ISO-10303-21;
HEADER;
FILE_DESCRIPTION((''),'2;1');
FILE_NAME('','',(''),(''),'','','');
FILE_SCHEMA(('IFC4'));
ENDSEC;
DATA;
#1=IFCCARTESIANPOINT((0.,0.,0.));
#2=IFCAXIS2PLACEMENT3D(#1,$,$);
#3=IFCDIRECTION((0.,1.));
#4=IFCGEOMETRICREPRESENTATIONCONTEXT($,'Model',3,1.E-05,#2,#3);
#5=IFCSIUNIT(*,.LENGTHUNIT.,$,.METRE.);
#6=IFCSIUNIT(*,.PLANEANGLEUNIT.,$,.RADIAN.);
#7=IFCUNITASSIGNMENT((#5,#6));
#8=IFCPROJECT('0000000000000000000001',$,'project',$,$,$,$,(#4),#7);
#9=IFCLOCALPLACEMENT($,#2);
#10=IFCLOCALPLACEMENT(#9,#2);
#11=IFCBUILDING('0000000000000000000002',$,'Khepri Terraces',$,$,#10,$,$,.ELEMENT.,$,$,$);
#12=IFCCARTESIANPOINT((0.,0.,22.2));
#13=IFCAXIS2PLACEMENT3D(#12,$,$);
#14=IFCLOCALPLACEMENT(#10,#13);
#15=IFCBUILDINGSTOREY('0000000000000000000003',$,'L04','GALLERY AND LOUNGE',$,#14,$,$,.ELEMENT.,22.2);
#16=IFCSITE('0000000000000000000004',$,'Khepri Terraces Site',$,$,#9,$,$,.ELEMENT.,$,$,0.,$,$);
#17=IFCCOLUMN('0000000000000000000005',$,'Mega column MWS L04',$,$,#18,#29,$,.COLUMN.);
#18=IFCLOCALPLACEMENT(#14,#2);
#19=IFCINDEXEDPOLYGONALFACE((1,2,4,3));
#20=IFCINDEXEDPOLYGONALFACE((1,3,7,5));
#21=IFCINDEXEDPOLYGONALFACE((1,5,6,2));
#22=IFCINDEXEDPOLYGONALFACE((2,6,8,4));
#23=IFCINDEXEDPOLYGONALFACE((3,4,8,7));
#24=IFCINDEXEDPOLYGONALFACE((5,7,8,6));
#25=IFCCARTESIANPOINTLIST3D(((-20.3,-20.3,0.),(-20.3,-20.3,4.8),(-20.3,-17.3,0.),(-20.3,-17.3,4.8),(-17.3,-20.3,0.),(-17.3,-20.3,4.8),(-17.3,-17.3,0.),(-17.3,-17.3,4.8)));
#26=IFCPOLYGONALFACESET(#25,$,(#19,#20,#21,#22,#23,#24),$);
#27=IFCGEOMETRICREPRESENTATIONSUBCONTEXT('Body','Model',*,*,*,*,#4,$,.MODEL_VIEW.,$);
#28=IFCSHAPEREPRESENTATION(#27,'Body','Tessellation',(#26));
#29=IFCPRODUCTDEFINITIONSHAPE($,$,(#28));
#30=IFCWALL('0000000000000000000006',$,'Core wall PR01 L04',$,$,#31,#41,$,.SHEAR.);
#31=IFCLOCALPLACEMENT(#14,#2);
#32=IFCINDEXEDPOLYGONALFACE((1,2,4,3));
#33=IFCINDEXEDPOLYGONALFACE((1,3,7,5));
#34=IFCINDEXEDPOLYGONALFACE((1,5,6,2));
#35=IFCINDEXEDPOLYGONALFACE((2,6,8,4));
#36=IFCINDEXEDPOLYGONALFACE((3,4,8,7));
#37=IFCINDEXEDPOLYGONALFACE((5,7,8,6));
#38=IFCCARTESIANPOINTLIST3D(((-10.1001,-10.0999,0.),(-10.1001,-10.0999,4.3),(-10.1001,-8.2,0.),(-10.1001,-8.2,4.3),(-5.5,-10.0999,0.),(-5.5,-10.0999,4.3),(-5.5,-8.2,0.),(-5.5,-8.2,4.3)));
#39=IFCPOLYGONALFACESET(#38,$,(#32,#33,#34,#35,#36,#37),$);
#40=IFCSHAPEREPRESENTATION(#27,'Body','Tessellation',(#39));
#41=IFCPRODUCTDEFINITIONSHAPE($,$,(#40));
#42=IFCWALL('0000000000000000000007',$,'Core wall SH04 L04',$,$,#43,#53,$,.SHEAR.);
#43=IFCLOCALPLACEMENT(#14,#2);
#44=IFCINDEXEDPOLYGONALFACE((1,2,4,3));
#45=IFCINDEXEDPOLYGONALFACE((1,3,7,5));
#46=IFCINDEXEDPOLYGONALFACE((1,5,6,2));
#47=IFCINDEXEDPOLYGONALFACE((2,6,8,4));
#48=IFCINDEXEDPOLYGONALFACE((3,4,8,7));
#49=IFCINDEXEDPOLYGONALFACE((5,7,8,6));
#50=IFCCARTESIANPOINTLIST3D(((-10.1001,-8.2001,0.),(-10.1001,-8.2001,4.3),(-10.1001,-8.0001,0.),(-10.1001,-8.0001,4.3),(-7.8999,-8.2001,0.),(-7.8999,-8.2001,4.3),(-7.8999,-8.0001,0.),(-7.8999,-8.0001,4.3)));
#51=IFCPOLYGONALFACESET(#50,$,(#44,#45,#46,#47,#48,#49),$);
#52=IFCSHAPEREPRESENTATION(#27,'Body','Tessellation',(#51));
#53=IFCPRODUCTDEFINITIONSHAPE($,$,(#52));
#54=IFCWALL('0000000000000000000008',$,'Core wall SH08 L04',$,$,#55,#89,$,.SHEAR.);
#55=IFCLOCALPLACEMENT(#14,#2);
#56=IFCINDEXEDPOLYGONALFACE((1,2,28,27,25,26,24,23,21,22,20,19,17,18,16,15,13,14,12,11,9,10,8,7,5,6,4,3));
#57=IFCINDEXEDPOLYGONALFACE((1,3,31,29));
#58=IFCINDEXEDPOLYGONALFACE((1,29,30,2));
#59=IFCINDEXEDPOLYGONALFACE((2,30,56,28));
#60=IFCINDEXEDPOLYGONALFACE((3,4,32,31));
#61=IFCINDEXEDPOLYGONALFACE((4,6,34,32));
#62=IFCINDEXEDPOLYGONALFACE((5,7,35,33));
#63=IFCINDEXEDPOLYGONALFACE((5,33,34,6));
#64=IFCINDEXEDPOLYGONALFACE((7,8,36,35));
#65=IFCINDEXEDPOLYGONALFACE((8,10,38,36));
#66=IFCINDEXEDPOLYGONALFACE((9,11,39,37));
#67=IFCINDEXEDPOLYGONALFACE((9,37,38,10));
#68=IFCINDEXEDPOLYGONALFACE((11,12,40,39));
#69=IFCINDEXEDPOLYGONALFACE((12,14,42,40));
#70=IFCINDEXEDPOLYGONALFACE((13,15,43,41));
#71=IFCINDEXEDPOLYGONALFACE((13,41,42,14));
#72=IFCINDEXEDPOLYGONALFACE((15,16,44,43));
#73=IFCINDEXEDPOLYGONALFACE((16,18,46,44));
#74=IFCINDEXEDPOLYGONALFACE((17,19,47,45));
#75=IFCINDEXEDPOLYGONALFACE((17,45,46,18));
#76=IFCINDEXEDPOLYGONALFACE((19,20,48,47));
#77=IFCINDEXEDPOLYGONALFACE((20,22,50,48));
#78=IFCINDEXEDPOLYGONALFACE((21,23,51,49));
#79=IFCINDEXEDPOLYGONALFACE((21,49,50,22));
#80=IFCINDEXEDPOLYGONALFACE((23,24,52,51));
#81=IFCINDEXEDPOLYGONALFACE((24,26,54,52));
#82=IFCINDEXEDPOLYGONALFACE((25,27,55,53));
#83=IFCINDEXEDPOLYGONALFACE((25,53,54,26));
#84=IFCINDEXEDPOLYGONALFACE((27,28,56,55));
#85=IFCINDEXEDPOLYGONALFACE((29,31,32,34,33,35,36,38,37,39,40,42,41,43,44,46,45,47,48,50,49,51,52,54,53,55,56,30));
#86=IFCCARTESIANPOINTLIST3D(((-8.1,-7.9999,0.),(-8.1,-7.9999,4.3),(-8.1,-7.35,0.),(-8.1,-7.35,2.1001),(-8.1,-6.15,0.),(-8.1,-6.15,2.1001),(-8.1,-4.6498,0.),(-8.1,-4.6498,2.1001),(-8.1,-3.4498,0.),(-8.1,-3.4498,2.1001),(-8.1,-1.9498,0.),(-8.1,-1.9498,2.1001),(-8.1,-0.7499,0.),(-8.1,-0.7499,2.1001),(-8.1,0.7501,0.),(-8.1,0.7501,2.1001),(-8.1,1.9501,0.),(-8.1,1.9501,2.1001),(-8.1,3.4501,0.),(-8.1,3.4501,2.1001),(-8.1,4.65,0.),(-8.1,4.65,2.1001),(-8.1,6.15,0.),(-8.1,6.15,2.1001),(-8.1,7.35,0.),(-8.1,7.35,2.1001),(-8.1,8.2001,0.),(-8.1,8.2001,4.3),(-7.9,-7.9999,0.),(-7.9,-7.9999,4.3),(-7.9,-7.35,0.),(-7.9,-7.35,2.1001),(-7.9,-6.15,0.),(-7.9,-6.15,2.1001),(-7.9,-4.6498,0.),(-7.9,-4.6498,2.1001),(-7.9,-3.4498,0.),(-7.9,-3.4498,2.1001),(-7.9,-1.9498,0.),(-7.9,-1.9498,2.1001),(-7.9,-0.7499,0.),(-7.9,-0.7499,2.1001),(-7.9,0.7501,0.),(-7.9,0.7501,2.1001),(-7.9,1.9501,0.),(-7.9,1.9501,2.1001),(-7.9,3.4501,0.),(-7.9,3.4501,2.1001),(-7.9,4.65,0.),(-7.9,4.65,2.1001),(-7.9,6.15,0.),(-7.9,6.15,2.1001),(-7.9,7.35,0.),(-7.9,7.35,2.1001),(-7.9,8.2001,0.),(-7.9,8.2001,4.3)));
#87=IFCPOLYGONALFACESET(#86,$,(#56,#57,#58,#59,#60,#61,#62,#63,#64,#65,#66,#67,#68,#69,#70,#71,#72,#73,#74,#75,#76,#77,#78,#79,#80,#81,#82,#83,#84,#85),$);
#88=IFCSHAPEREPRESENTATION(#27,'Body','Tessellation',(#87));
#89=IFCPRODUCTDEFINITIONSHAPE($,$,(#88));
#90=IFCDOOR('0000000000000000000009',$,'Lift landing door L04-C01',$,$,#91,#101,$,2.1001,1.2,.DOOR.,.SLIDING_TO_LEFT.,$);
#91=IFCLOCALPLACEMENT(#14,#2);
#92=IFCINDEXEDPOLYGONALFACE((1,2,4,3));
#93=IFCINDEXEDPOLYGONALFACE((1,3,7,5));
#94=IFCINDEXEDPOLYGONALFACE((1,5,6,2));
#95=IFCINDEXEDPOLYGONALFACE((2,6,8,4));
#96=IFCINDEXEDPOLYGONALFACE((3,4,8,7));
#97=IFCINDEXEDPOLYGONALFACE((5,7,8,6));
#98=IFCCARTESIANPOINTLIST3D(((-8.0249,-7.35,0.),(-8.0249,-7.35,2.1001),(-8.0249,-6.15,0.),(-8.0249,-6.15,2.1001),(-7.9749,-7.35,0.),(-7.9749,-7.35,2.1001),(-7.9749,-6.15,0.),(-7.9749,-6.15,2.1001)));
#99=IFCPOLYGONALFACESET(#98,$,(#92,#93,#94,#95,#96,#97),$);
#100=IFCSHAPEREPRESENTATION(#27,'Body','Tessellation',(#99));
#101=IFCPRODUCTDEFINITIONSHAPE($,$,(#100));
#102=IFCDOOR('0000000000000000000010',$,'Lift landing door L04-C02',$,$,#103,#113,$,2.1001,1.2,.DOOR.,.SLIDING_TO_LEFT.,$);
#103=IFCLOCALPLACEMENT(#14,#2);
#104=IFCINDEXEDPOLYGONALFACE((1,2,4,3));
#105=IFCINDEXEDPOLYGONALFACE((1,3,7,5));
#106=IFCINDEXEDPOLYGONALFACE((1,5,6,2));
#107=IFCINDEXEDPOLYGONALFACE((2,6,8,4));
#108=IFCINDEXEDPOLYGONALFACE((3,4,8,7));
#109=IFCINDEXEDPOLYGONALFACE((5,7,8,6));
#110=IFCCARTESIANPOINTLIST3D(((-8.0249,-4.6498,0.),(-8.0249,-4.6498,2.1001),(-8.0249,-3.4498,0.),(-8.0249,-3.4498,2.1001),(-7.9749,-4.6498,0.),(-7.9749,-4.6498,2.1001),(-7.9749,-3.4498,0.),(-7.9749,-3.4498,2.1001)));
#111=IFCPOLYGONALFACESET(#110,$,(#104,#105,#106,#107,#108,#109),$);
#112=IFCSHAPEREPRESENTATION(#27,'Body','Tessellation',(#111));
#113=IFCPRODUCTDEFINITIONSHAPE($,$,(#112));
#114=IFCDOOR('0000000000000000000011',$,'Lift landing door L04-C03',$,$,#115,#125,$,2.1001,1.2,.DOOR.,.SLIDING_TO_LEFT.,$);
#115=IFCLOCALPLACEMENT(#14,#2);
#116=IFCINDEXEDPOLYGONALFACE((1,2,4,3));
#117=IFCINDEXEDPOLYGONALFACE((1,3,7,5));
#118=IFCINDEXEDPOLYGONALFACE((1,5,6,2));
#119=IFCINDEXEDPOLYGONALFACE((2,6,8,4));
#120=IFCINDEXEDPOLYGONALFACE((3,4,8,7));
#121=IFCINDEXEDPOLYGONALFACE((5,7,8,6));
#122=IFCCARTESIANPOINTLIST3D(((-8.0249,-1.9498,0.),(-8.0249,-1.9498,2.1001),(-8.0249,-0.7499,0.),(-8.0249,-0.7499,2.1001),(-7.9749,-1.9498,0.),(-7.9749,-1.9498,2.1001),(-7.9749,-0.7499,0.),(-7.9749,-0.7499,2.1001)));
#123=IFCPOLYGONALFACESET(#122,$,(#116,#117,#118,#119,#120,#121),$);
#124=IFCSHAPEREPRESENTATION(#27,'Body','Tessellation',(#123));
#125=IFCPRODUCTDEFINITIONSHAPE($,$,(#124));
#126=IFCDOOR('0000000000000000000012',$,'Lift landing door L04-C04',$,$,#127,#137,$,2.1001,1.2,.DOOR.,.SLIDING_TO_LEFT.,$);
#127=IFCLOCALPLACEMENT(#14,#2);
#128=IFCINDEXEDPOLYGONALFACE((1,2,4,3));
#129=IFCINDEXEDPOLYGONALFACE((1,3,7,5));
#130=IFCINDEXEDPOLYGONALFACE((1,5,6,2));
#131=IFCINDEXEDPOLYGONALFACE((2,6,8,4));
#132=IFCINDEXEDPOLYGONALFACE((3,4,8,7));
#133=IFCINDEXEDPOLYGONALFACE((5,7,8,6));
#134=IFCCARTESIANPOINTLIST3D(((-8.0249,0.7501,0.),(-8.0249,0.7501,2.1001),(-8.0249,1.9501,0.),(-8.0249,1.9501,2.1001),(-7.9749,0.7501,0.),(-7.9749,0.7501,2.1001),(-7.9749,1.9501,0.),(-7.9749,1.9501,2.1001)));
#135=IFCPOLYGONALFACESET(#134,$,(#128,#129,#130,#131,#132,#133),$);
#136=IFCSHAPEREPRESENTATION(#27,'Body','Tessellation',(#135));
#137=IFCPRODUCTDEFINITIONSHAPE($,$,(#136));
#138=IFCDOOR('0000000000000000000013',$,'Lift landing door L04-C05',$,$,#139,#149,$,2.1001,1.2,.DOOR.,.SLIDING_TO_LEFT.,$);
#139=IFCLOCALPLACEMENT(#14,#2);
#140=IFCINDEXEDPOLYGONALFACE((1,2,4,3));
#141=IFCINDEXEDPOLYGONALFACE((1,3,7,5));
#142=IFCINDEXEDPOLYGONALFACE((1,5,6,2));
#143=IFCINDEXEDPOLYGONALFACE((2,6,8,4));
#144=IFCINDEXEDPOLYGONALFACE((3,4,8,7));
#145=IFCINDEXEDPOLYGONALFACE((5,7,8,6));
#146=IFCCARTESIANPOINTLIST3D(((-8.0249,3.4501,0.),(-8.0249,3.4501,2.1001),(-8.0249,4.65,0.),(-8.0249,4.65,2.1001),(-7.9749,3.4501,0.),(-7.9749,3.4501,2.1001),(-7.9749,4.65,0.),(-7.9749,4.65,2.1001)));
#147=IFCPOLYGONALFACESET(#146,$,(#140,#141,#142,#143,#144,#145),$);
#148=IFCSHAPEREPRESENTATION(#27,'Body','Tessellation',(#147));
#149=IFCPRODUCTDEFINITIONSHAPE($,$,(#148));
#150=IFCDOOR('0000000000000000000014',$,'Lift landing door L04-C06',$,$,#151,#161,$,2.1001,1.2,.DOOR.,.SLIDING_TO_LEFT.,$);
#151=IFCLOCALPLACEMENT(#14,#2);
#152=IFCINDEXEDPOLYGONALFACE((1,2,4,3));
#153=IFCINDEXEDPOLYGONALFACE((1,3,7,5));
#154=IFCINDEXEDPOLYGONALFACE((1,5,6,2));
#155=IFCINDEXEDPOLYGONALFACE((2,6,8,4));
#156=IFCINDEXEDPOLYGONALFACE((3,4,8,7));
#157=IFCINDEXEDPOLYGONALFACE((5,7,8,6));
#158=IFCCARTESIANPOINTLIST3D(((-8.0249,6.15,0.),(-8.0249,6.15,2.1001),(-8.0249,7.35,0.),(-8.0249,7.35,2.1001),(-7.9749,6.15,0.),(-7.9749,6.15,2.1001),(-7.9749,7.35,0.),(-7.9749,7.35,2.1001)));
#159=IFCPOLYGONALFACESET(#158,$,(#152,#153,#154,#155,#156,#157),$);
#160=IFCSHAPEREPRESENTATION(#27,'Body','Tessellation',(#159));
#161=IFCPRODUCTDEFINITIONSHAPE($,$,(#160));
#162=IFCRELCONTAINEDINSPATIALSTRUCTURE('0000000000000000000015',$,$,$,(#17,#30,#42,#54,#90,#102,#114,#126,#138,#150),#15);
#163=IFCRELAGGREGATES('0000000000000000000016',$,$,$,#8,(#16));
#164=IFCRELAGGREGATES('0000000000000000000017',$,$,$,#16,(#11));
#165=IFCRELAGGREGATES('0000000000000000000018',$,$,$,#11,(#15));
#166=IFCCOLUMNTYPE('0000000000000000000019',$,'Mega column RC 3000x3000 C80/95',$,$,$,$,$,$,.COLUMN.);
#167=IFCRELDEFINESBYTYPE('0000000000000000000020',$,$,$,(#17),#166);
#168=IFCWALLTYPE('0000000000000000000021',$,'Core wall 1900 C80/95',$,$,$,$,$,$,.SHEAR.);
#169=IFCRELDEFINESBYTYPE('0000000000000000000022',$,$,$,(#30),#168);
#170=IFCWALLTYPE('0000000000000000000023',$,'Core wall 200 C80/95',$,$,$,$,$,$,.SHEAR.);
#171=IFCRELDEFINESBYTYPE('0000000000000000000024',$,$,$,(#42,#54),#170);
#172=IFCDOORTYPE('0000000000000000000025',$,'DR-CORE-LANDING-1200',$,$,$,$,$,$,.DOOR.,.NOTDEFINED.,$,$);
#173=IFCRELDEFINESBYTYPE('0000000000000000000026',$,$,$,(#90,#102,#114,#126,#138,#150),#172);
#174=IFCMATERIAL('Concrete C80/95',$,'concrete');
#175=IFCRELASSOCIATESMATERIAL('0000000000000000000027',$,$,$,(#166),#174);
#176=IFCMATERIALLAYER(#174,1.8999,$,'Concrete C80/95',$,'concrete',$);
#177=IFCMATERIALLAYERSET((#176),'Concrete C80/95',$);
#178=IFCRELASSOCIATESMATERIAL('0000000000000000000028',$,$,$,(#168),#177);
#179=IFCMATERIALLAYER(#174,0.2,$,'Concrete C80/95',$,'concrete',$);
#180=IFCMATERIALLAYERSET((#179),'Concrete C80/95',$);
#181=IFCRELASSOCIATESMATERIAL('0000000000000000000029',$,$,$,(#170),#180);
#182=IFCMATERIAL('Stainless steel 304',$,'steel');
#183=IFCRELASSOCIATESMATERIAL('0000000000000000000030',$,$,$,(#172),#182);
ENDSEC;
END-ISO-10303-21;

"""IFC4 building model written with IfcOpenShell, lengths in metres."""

from ifc_helpers import new_model, si_unit, direction, frame, frame_2d, origin, origin_2d, place, context, subcontext, project, spatial, rectangle, extrude, material, layer, layer_set, material_profile, profile_set, type_object, element, fill, save


model = new_model("IFC4")

# Units and contexts
model_context = context("Model", 3, precision=1e-05, world=origin(), true_north=direction((0.0, 1.0)))
body_context = subcontext(model_context, "Body", "Model", "MODEL_VIEW")
ifc_project = project(units=[si_unit("LENGTHUNIT", "METRE"), si_unit("PLANEANGLEUNIT", "RADIAN")], contexts=[model_context])

# Site, building, storey
site_placement = place(None, origin())
site = spatial("IfcSite", under=ifc_project, at=site_placement, Name="Khepri Terraces Site", CompositionType="ELEMENT", RefElevation=0.0)
building_placement = place(site_placement, origin())
building = spatial("IfcBuilding", under=site, at=building_placement, Name="Khepri Terraces", CompositionType="ELEMENT")
storey_placement = place(building_placement, frame((0.0, 0.0, 22.2)))
storey = spatial("IfcBuildingStorey", under=building, at=storey_placement, Name="L04", Description="GALLERY AND LOUNGE", CompositionType="ELEMENT", Elevation=22.2)

# Column
ifc_material_1 = material(Name="Concrete C80/95", Category="concrete")
ifc_material_profile = material_profile(ifc_material_1, rectangle(XDim=3.0, YDim=3.0, at=origin_2d()), Name="Concrete C80/95", Category="concrete")
ifc_profile_set = profile_set([ifc_material_profile], Name="Concrete C80/95")
column_type = type_object("IfcColumnType", Name="Mega column RC 3000x3000 C80/95", PredefinedType="COLUMN", material=ifc_profile_set)
column_placement = place(storey_placement, frame((-18.8, -18.8, 0.0), z_axis=(0.0, 0.0, 1.0), x_axis=(1.0, 0.0, 0.0)))
element("IfcColumn", 1, at=column_placement, inside=storey, type_object=column_type, Name="Mega column MWS L04", PredefinedType="COLUMN", context=body_context, shape_type="SweptSolid", body=[
    extrude(rectangle(XDim=3.0, YDim=3.0, at=origin_2d()), origin(), (0.0, 0.0, 1.0), 4.8),
])

# Walls
ifc_layer_1 = layer(ifc_material_1, 1.8999, Name="Concrete C80/95", Category="concrete")
ifc_layer_set_1 = layer_set([ifc_layer_1], Name="Concrete C80/95")
wall_type_1 = type_object("IfcWallType", Name="Core wall 1900 C80/95", PredefinedType="SHEAR", material=ifc_layer_set_1)
wall_1_placement = place(storey_placement, frame((-10.1001, -9.1499, 0.0), z_axis=(0.0, 0.0, 1.0), x_axis=(1.0, 0.0, 0.0)))
element("IfcWall", 2, at=wall_1_placement, inside=storey, type_object=wall_type_1, Name="Core wall PR01 L04", PredefinedType="SHEAR", context=body_context, shape_type="SweptSolid", body=[
    extrude(rectangle(XDim=4.6001, YDim=1.8999, at=frame_2d((2.3, 0.0))), origin(), (0.0, 0.0, 1.0), 4.3),
])
ifc_layer_2 = layer(ifc_material_1, 0.2, Name="Concrete C80/95", Category="concrete")
ifc_layer_set_2 = layer_set([ifc_layer_2], Name="Concrete C80/95")
wall_type_2 = type_object("IfcWallType", Name="Core wall 200 C80/95", PredefinedType="SHEAR", material=ifc_layer_set_2)
wall_2_placement = place(storey_placement, frame((-10.1001, -8.1001, 0.0), z_axis=(0.0, 0.0, 1.0), x_axis=(1.0, 0.0, 0.0)))
element("IfcWall", 3, at=wall_2_placement, inside=storey, type_object=wall_type_2, Name="Core wall SH04 L04", PredefinedType="SHEAR", context=body_context, shape_type="SweptSolid", body=[
    extrude(rectangle(XDim=2.2002, YDim=0.2, at=frame_2d((1.1001, 0.0))), origin(), (0.0, 0.0, 1.0), 4.3),
])

# Wall, openings, doors
wall_3_placement = place(storey_placement, frame((-8.0, -8.0, 0.0), z_axis=(0.0, 0.0, 1.0), x_axis=(0.0, 1.0, 0.0)))
wall_3 = element("IfcWall", 4, at=wall_3_placement, inside=storey, type_object=wall_type_2, Name="Core wall SH08 L04", PredefinedType="SHEAR", context=body_context, shape_type="SweptSolid", body=[
    extrude(rectangle(XDim=16.2, YDim=0.2, at=frame_2d((8.1001, 0.0))), origin(), (0.0, 0.0, 1.0), 4.3),
])
opening_1_placement = place(wall_3_placement, frame((0.6499, 0.0, 0.0)))
opening_1 = element("IfcOpeningElement", 5, at=opening_1_placement, cuts=wall_3, PredefinedType="OPENING", context=body_context, shape_type="SweptSolid", body=[
    extrude(rectangle(XDim=1.2, YDim=2.1001, at=frame_2d((0.6001, 1.05))), frame((0.0, 0.1099, 0.0), z_axis=(0.0, -1.0, 0.0), x_axis=(1.0, 0.0, 0.0)), (0.0, 0.0, 1.0), 0.22),
])
opening_2_placement = place(wall_3_placement, frame((3.3501, 0.0, 0.0)))
opening_2 = element("IfcOpeningElement", 6, at=opening_2_placement, cuts=wall_3, PredefinedType="OPENING", context=body_context, shape_type="SweptSolid", body=[
    extrude(rectangle(XDim=1.2, YDim=2.1001, at=frame_2d((0.6001, 1.05))), frame((0.0, 0.1099, 0.0), z_axis=(0.0, -1.0, 0.0), x_axis=(1.0, 0.0, 0.0)), (0.0, 0.0, 1.0), 0.22),
])
opening_3_placement = place(wall_3_placement, frame((6.05, 0.0, 0.0)))
opening_3 = element("IfcOpeningElement", 7, at=opening_3_placement, cuts=wall_3, PredefinedType="OPENING", context=body_context, shape_type="SweptSolid", body=[
    extrude(rectangle(XDim=1.2, YDim=2.1001, at=frame_2d((0.6001, 1.05))), frame((0.0, 0.1099, 0.0), z_axis=(0.0, -1.0, 0.0), x_axis=(1.0, 0.0, 0.0)), (0.0, 0.0, 1.0), 0.22),
])
opening_4_placement = place(wall_3_placement, frame((8.75, 0.0, 0.0)))
opening_4 = element("IfcOpeningElement", 8, at=opening_4_placement, cuts=wall_3, PredefinedType="OPENING", context=body_context, shape_type="SweptSolid", body=[
    extrude(rectangle(XDim=1.2, YDim=2.1001, at=frame_2d((0.6001, 1.05))), frame((0.0, 0.1099, 0.0), z_axis=(0.0, -1.0, 0.0), x_axis=(1.0, 0.0, 0.0)), (0.0, 0.0, 1.0), 0.22),
])
opening_5_placement = place(wall_3_placement, frame((11.45, 0.0, 0.0)))
opening_5 = element("IfcOpeningElement", 9, at=opening_5_placement, cuts=wall_3, PredefinedType="OPENING", context=body_context, shape_type="SweptSolid", body=[
    extrude(rectangle(XDim=1.2, YDim=2.1001, at=frame_2d((0.6001, 1.05))), frame((0.0, 0.1099, 0.0), z_axis=(0.0, -1.0, 0.0), x_axis=(1.0, 0.0, 0.0)), (0.0, 0.0, 1.0), 0.22),
])
opening_6_placement = place(wall_3_placement, frame((14.1499, 0.0, 0.0)))
opening_6 = element("IfcOpeningElement", 10, at=opening_6_placement, cuts=wall_3, PredefinedType="OPENING", context=body_context, shape_type="SweptSolid", body=[
    extrude(rectangle(XDim=1.2, YDim=2.1001, at=frame_2d((0.6001, 1.05))), frame((0.0, 0.1099, 0.0), z_axis=(0.0, -1.0, 0.0), x_axis=(1.0, 0.0, 0.0)), (0.0, 0.0, 1.0), 0.22),
])
ifc_material_2 = material(Name="Stainless steel 304", Category="steel")
door_type_1 = type_object("IfcDoorType", Name="DR-CORE-LANDING-1200", OperationType="NOTDEFINED", PredefinedType="DOOR", material=ifc_material_2)
door_1_placement = place(opening_1_placement, origin())
door_1 = element("IfcDoor", 11, at=door_1_placement, inside=storey, type_object=door_type_1, Name="Lift landing door L04-C01", OperationType="SLIDING_TO_LEFT", OverallHeight=2.1001, OverallWidth=1.2, PredefinedType="DOOR", context=body_context, shape_type="SweptSolid", body=[
    extrude(rectangle(XDim=1.2, YDim=2.1001, at=frame_2d((0.6001, 1.05))), frame((0.0, 0.0249, 0.0), z_axis=(0.0, -1.0, 0.0), x_axis=(1.0, 0.0, 0.0)), (0.0, 0.0, 1.0), 0.05),
])
fill(opening_1, door_1)
door_2_placement = place(opening_2_placement, origin())
door_2 = element("IfcDoor", 12, at=door_2_placement, inside=storey, type_object=door_type_1, Name="Lift landing door L04-C02", OperationType="SLIDING_TO_LEFT", OverallHeight=2.1001, OverallWidth=1.2, PredefinedType="DOOR", context=body_context, shape_type="SweptSolid", body=[
    extrude(rectangle(XDim=1.2, YDim=2.1001, at=frame_2d((0.6001, 1.05))), frame((0.0, 0.0249, 0.0), z_axis=(0.0, -1.0, 0.0), x_axis=(1.0, 0.0, 0.0)), (0.0, 0.0, 1.0), 0.05),
])
fill(opening_2, door_2)
door_3_placement = place(opening_3_placement, origin())
door_3 = element("IfcDoor", 13, at=door_3_placement, inside=storey, type_object=door_type_1, Name="Lift landing door L04-C03", OperationType="SLIDING_TO_LEFT", OverallHeight=2.1001, OverallWidth=1.2, PredefinedType="DOOR", context=body_context, shape_type="SweptSolid", body=[
    extrude(rectangle(XDim=1.2, YDim=2.1001, at=frame_2d((0.6001, 1.05))), frame((0.0, 0.0249, 0.0), z_axis=(0.0, -1.0, 0.0), x_axis=(1.0, 0.0, 0.0)), (0.0, 0.0, 1.0), 0.05),
])
fill(opening_3, door_3)
door_4_placement = place(opening_4_placement, origin())
door_4 = element("IfcDoor", 14, at=door_4_placement, inside=storey, type_object=door_type_1, Name="Lift landing door L04-C04", OperationType="SLIDING_TO_LEFT", OverallHeight=2.1001, OverallWidth=1.2, PredefinedType="DOOR", context=body_context, shape_type="SweptSolid", body=[
    extrude(rectangle(XDim=1.2, YDim=2.1001, at=frame_2d((0.6001, 1.05))), frame((0.0, 0.0249, 0.0), z_axis=(0.0, -1.0, 0.0), x_axis=(1.0, 0.0, 0.0)), (0.0, 0.0, 1.0), 0.05),
])
fill(opening_4, door_4)
door_5_placement = place(opening_5_placement, origin())
door_5 = element("IfcDoor", 15, at=door_5_placement, inside=storey, type_object=door_type_1, Name="Lift landing door L04-C05", OperationType="SLIDING_TO_LEFT", OverallHeight=2.1001, OverallWidth=1.2, PredefinedType="DOOR", context=body_context, shape_type="SweptSolid", body=[
    extrude(rectangle(XDim=1.2, YDim=2.1001, at=frame_2d((0.6001, 1.05))), frame((0.0, 0.0249, 0.0), z_axis=(0.0, -1.0, 0.0), x_axis=(1.0, 0.0, 0.0)), (0.0, 0.0, 1.0), 0.05),
])
fill(opening_5, door_5)
door_6_placement = place(opening_6_placement, origin())
door_6 = element("IfcDoor", 16, at=door_6_placement, inside=storey, type_object=door_type_1, Name="Lift landing door L04-C06", OperationType="SLIDING_TO_LEFT", OverallHeight=2.1001, OverallWidth=1.2, PredefinedType="DOOR", context=body_context, shape_type="SweptSolid", body=[
    extrude(rectangle(XDim=1.2, YDim=2.1001, at=frame_2d((0.6001, 1.05))), frame((0.0, 0.0249, 0.0), z_axis=(0.0, -1.0, 0.0), x_axis=(1.0, 0.0, 0.0)), (0.0, 0.0, 1.0), 0.05),
])
fill(opening_6, door_6)

save(model, "model.ifc")
